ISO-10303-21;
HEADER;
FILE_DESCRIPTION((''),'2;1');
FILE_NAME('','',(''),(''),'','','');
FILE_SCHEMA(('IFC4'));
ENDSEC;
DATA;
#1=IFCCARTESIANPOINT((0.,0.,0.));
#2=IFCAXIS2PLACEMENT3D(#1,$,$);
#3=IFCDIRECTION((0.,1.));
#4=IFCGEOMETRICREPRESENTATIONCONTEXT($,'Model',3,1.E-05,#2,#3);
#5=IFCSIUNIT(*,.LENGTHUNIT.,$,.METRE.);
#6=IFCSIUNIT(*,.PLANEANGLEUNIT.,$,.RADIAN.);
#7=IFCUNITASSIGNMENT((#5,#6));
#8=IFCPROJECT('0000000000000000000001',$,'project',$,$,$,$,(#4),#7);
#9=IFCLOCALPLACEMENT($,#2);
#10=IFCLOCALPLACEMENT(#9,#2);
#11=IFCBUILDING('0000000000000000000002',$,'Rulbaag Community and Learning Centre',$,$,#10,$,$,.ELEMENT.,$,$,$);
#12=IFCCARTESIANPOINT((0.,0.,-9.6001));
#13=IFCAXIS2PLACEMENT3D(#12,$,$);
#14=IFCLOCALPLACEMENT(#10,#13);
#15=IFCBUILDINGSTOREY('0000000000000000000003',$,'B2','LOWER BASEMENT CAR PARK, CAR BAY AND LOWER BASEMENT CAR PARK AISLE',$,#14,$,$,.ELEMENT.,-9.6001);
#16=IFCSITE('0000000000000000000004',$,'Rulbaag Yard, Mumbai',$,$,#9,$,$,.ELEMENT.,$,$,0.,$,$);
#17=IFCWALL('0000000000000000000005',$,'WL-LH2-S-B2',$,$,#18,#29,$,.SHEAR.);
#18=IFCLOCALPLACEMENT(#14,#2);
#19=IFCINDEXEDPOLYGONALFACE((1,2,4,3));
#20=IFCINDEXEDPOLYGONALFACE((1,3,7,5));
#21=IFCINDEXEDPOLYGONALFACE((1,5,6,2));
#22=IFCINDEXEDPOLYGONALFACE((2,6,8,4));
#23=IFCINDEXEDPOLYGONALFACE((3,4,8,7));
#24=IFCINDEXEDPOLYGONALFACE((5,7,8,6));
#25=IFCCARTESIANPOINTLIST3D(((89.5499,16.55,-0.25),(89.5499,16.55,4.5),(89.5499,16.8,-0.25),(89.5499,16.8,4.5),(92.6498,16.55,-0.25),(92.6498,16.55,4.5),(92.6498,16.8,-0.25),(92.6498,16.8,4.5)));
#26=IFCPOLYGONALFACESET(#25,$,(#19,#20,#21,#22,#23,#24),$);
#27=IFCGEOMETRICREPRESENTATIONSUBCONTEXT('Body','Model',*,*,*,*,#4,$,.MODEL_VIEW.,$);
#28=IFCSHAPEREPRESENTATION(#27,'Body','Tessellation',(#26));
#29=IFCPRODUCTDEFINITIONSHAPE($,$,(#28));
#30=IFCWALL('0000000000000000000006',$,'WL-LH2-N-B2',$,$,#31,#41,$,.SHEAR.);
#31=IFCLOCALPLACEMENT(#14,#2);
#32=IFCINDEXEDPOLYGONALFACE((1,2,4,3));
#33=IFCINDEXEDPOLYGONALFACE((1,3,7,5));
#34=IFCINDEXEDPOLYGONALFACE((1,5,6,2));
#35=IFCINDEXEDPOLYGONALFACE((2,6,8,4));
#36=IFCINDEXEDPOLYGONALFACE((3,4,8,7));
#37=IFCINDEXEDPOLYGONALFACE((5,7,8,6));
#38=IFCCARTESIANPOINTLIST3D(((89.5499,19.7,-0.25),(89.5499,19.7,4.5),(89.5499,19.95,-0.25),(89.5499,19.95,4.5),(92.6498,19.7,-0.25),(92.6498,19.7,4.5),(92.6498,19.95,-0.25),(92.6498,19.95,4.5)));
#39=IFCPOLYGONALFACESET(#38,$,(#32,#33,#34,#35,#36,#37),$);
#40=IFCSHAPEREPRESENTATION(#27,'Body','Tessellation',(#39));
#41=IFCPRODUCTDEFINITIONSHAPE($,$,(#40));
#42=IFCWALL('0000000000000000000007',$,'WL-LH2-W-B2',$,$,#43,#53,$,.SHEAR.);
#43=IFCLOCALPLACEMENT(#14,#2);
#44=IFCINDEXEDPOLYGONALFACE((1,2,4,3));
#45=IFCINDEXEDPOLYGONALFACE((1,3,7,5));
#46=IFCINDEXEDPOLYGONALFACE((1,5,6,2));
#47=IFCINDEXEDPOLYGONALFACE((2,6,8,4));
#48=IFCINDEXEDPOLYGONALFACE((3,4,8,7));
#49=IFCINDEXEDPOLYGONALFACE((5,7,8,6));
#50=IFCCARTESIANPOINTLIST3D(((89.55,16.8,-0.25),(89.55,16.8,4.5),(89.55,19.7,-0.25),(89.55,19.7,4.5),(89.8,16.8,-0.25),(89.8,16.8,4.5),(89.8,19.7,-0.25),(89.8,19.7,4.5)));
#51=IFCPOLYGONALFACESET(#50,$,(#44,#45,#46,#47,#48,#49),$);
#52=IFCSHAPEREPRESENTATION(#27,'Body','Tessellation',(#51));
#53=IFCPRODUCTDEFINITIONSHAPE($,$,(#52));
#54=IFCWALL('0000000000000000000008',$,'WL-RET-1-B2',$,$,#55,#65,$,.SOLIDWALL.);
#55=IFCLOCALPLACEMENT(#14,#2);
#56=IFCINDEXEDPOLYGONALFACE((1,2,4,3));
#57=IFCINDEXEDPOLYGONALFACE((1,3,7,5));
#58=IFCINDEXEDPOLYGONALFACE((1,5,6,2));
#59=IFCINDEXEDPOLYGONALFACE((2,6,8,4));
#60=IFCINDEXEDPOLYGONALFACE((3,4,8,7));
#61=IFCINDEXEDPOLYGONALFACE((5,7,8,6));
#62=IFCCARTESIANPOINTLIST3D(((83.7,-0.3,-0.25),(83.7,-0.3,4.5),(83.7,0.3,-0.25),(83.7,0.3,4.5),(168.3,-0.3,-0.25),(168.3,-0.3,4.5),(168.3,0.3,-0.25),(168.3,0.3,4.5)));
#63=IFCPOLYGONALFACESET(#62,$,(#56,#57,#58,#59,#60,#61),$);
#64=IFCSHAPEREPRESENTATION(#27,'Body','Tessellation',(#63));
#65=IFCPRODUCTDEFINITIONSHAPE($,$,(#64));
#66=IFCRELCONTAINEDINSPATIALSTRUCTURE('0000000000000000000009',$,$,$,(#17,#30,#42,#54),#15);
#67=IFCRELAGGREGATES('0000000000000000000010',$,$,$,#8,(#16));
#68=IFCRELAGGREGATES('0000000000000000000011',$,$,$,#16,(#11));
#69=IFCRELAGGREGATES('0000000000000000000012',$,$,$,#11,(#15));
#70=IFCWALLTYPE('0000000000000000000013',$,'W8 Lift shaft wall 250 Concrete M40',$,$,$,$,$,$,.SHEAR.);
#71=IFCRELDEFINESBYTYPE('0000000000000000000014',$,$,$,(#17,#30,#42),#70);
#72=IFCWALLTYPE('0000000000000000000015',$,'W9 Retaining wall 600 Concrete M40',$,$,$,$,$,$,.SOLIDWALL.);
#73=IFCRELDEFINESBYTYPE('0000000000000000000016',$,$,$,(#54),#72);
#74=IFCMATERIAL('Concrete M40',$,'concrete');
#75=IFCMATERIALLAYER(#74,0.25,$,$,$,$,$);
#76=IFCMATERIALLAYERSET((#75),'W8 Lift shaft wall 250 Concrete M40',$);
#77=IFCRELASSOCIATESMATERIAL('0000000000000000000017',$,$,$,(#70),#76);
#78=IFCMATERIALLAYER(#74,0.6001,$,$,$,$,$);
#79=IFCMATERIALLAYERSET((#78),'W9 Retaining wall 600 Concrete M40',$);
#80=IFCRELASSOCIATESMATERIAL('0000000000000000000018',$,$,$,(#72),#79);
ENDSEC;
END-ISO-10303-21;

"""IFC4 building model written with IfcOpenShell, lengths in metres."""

from ifc_helpers import new_model, si_unit, direction, frame, frame_2d, origin, place, context, subcontext, project, spatial, rectangle, extrude, material, layer, layer_set, type_object, element, save


model = new_model("IFC4")

# Units and contexts
model_context = context("Model", 3, precision=1e-05, world=origin(), true_north=direction((0.0, 1.0)))
body_context = subcontext(model_context, "Body", "Model", "MODEL_VIEW")
ifc_project = project(units=[si_unit("LENGTHUNIT", "METRE"), si_unit("PLANEANGLEUNIT", "RADIAN")], contexts=[model_context])

# Site, building, storey
site_placement = place(None, origin())
site = spatial("IfcSite", under=ifc_project, at=site_placement, Name="Rulbaag Yard, Mumbai", CompositionType="ELEMENT", RefElevation=0.0)
building_placement = place(site_placement, origin())
building = spatial("IfcBuilding", under=site, at=building_placement, Name="Rulbaag Community and Learning Centre", CompositionType="ELEMENT")
storey_placement = place(building_placement, frame((0.0, 0.0, -9.6001)))
storey = spatial("IfcBuildingStorey", under=building, at=storey_placement, Name="B2", Description="LOWER BASEMENT CAR PARK, CAR BAY AND LOWER BASEMENT CAR PARK AISLE", CompositionType="ELEMENT", Elevation=-9.6001)

# Shared definitions
ifc_material_1 = material(Name="Concrete M40", Category="concrete")

# Walls
ifc_layer_1 = layer(ifc_material_1, 0.25)
ifc_layer_set_1 = layer_set([ifc_layer_1], Name="W8 Lift shaft wall 250 Concrete M40")
wall_type_1 = type_object("IfcWallType", Name="W8 Lift shaft wall 250 Concrete M40", PredefinedType="SHEAR", material=ifc_layer_set_1)
for number, where, z_axis, x_axis, name in (
    (1, (89.55, 16.675, -0.25), (0.0, 0.0, 1.0), (1.0, 0.0, 0.0), "WL-LH2-S-B2"),
    (2, (89.55, 19.825, -0.25), (0.0, 0.0, 1.0), (1.0, 0.0, 0.0), "WL-LH2-N-B2"),
):
    element("IfcWall", number, at=place(storey_placement, frame(where, z_axis=z_axis, x_axis=x_axis)), inside=storey, type_object=wall_type_1, Name=name, PredefinedType="SHEAR", context=body_context, shape_type="SweptSolid", body=[
        extrude(rectangle(XDim=3.0999, YDim=0.25, at=frame_2d((1.5498, 0.0))), origin(), (0.0, 0.0, 1.0), 4.75),
    ])
wall_1_placement = place(storey_placement, frame((89.675, 16.8, -0.25), z_axis=(0.0, 0.0, 1.0), x_axis=(0.0, 1.0, 0.0)))
element("IfcWall", 3, at=wall_1_placement, inside=storey, type_object=wall_type_1, Name="WL-LH2-W-B2", PredefinedType="SHEAR", context=body_context, shape_type="SweptSolid", body=[
    extrude(rectangle(XDim=2.8999, YDim=0.25, at=frame_2d((1.45, 0.0))), origin(), (0.0, 0.0, 1.0), 4.75),
])
ifc_layer_2 = layer(ifc_material_1, 0.6001)
ifc_layer_set_2 = layer_set([ifc_layer_2], Name="W9 Retaining wall 600 Concrete M40")
wall_type_2 = type_object("IfcWallType", Name="W9 Retaining wall 600 Concrete M40", PredefinedType="SOLIDWALL", material=ifc_layer_set_2)
wall_2_placement = place(storey_placement, frame((83.7, 0.0, -0.25), z_axis=(0.0, 0.0, 1.0), x_axis=(1.0, 0.0, 0.0)))
element("IfcWall", 4, at=wall_2_placement, inside=storey, type_object=wall_type_2, Name="WL-RET-1-B2", PredefinedType="SOLIDWALL", context=body_context, shape_type="SweptSolid", body=[
    extrude(rectangle(XDim=84.6001, YDim=0.6001, at=frame_2d((42.3, 0.0))), origin(), (0.0, 0.0, 1.0), 4.75),
])

save(model, "model.ifc")
